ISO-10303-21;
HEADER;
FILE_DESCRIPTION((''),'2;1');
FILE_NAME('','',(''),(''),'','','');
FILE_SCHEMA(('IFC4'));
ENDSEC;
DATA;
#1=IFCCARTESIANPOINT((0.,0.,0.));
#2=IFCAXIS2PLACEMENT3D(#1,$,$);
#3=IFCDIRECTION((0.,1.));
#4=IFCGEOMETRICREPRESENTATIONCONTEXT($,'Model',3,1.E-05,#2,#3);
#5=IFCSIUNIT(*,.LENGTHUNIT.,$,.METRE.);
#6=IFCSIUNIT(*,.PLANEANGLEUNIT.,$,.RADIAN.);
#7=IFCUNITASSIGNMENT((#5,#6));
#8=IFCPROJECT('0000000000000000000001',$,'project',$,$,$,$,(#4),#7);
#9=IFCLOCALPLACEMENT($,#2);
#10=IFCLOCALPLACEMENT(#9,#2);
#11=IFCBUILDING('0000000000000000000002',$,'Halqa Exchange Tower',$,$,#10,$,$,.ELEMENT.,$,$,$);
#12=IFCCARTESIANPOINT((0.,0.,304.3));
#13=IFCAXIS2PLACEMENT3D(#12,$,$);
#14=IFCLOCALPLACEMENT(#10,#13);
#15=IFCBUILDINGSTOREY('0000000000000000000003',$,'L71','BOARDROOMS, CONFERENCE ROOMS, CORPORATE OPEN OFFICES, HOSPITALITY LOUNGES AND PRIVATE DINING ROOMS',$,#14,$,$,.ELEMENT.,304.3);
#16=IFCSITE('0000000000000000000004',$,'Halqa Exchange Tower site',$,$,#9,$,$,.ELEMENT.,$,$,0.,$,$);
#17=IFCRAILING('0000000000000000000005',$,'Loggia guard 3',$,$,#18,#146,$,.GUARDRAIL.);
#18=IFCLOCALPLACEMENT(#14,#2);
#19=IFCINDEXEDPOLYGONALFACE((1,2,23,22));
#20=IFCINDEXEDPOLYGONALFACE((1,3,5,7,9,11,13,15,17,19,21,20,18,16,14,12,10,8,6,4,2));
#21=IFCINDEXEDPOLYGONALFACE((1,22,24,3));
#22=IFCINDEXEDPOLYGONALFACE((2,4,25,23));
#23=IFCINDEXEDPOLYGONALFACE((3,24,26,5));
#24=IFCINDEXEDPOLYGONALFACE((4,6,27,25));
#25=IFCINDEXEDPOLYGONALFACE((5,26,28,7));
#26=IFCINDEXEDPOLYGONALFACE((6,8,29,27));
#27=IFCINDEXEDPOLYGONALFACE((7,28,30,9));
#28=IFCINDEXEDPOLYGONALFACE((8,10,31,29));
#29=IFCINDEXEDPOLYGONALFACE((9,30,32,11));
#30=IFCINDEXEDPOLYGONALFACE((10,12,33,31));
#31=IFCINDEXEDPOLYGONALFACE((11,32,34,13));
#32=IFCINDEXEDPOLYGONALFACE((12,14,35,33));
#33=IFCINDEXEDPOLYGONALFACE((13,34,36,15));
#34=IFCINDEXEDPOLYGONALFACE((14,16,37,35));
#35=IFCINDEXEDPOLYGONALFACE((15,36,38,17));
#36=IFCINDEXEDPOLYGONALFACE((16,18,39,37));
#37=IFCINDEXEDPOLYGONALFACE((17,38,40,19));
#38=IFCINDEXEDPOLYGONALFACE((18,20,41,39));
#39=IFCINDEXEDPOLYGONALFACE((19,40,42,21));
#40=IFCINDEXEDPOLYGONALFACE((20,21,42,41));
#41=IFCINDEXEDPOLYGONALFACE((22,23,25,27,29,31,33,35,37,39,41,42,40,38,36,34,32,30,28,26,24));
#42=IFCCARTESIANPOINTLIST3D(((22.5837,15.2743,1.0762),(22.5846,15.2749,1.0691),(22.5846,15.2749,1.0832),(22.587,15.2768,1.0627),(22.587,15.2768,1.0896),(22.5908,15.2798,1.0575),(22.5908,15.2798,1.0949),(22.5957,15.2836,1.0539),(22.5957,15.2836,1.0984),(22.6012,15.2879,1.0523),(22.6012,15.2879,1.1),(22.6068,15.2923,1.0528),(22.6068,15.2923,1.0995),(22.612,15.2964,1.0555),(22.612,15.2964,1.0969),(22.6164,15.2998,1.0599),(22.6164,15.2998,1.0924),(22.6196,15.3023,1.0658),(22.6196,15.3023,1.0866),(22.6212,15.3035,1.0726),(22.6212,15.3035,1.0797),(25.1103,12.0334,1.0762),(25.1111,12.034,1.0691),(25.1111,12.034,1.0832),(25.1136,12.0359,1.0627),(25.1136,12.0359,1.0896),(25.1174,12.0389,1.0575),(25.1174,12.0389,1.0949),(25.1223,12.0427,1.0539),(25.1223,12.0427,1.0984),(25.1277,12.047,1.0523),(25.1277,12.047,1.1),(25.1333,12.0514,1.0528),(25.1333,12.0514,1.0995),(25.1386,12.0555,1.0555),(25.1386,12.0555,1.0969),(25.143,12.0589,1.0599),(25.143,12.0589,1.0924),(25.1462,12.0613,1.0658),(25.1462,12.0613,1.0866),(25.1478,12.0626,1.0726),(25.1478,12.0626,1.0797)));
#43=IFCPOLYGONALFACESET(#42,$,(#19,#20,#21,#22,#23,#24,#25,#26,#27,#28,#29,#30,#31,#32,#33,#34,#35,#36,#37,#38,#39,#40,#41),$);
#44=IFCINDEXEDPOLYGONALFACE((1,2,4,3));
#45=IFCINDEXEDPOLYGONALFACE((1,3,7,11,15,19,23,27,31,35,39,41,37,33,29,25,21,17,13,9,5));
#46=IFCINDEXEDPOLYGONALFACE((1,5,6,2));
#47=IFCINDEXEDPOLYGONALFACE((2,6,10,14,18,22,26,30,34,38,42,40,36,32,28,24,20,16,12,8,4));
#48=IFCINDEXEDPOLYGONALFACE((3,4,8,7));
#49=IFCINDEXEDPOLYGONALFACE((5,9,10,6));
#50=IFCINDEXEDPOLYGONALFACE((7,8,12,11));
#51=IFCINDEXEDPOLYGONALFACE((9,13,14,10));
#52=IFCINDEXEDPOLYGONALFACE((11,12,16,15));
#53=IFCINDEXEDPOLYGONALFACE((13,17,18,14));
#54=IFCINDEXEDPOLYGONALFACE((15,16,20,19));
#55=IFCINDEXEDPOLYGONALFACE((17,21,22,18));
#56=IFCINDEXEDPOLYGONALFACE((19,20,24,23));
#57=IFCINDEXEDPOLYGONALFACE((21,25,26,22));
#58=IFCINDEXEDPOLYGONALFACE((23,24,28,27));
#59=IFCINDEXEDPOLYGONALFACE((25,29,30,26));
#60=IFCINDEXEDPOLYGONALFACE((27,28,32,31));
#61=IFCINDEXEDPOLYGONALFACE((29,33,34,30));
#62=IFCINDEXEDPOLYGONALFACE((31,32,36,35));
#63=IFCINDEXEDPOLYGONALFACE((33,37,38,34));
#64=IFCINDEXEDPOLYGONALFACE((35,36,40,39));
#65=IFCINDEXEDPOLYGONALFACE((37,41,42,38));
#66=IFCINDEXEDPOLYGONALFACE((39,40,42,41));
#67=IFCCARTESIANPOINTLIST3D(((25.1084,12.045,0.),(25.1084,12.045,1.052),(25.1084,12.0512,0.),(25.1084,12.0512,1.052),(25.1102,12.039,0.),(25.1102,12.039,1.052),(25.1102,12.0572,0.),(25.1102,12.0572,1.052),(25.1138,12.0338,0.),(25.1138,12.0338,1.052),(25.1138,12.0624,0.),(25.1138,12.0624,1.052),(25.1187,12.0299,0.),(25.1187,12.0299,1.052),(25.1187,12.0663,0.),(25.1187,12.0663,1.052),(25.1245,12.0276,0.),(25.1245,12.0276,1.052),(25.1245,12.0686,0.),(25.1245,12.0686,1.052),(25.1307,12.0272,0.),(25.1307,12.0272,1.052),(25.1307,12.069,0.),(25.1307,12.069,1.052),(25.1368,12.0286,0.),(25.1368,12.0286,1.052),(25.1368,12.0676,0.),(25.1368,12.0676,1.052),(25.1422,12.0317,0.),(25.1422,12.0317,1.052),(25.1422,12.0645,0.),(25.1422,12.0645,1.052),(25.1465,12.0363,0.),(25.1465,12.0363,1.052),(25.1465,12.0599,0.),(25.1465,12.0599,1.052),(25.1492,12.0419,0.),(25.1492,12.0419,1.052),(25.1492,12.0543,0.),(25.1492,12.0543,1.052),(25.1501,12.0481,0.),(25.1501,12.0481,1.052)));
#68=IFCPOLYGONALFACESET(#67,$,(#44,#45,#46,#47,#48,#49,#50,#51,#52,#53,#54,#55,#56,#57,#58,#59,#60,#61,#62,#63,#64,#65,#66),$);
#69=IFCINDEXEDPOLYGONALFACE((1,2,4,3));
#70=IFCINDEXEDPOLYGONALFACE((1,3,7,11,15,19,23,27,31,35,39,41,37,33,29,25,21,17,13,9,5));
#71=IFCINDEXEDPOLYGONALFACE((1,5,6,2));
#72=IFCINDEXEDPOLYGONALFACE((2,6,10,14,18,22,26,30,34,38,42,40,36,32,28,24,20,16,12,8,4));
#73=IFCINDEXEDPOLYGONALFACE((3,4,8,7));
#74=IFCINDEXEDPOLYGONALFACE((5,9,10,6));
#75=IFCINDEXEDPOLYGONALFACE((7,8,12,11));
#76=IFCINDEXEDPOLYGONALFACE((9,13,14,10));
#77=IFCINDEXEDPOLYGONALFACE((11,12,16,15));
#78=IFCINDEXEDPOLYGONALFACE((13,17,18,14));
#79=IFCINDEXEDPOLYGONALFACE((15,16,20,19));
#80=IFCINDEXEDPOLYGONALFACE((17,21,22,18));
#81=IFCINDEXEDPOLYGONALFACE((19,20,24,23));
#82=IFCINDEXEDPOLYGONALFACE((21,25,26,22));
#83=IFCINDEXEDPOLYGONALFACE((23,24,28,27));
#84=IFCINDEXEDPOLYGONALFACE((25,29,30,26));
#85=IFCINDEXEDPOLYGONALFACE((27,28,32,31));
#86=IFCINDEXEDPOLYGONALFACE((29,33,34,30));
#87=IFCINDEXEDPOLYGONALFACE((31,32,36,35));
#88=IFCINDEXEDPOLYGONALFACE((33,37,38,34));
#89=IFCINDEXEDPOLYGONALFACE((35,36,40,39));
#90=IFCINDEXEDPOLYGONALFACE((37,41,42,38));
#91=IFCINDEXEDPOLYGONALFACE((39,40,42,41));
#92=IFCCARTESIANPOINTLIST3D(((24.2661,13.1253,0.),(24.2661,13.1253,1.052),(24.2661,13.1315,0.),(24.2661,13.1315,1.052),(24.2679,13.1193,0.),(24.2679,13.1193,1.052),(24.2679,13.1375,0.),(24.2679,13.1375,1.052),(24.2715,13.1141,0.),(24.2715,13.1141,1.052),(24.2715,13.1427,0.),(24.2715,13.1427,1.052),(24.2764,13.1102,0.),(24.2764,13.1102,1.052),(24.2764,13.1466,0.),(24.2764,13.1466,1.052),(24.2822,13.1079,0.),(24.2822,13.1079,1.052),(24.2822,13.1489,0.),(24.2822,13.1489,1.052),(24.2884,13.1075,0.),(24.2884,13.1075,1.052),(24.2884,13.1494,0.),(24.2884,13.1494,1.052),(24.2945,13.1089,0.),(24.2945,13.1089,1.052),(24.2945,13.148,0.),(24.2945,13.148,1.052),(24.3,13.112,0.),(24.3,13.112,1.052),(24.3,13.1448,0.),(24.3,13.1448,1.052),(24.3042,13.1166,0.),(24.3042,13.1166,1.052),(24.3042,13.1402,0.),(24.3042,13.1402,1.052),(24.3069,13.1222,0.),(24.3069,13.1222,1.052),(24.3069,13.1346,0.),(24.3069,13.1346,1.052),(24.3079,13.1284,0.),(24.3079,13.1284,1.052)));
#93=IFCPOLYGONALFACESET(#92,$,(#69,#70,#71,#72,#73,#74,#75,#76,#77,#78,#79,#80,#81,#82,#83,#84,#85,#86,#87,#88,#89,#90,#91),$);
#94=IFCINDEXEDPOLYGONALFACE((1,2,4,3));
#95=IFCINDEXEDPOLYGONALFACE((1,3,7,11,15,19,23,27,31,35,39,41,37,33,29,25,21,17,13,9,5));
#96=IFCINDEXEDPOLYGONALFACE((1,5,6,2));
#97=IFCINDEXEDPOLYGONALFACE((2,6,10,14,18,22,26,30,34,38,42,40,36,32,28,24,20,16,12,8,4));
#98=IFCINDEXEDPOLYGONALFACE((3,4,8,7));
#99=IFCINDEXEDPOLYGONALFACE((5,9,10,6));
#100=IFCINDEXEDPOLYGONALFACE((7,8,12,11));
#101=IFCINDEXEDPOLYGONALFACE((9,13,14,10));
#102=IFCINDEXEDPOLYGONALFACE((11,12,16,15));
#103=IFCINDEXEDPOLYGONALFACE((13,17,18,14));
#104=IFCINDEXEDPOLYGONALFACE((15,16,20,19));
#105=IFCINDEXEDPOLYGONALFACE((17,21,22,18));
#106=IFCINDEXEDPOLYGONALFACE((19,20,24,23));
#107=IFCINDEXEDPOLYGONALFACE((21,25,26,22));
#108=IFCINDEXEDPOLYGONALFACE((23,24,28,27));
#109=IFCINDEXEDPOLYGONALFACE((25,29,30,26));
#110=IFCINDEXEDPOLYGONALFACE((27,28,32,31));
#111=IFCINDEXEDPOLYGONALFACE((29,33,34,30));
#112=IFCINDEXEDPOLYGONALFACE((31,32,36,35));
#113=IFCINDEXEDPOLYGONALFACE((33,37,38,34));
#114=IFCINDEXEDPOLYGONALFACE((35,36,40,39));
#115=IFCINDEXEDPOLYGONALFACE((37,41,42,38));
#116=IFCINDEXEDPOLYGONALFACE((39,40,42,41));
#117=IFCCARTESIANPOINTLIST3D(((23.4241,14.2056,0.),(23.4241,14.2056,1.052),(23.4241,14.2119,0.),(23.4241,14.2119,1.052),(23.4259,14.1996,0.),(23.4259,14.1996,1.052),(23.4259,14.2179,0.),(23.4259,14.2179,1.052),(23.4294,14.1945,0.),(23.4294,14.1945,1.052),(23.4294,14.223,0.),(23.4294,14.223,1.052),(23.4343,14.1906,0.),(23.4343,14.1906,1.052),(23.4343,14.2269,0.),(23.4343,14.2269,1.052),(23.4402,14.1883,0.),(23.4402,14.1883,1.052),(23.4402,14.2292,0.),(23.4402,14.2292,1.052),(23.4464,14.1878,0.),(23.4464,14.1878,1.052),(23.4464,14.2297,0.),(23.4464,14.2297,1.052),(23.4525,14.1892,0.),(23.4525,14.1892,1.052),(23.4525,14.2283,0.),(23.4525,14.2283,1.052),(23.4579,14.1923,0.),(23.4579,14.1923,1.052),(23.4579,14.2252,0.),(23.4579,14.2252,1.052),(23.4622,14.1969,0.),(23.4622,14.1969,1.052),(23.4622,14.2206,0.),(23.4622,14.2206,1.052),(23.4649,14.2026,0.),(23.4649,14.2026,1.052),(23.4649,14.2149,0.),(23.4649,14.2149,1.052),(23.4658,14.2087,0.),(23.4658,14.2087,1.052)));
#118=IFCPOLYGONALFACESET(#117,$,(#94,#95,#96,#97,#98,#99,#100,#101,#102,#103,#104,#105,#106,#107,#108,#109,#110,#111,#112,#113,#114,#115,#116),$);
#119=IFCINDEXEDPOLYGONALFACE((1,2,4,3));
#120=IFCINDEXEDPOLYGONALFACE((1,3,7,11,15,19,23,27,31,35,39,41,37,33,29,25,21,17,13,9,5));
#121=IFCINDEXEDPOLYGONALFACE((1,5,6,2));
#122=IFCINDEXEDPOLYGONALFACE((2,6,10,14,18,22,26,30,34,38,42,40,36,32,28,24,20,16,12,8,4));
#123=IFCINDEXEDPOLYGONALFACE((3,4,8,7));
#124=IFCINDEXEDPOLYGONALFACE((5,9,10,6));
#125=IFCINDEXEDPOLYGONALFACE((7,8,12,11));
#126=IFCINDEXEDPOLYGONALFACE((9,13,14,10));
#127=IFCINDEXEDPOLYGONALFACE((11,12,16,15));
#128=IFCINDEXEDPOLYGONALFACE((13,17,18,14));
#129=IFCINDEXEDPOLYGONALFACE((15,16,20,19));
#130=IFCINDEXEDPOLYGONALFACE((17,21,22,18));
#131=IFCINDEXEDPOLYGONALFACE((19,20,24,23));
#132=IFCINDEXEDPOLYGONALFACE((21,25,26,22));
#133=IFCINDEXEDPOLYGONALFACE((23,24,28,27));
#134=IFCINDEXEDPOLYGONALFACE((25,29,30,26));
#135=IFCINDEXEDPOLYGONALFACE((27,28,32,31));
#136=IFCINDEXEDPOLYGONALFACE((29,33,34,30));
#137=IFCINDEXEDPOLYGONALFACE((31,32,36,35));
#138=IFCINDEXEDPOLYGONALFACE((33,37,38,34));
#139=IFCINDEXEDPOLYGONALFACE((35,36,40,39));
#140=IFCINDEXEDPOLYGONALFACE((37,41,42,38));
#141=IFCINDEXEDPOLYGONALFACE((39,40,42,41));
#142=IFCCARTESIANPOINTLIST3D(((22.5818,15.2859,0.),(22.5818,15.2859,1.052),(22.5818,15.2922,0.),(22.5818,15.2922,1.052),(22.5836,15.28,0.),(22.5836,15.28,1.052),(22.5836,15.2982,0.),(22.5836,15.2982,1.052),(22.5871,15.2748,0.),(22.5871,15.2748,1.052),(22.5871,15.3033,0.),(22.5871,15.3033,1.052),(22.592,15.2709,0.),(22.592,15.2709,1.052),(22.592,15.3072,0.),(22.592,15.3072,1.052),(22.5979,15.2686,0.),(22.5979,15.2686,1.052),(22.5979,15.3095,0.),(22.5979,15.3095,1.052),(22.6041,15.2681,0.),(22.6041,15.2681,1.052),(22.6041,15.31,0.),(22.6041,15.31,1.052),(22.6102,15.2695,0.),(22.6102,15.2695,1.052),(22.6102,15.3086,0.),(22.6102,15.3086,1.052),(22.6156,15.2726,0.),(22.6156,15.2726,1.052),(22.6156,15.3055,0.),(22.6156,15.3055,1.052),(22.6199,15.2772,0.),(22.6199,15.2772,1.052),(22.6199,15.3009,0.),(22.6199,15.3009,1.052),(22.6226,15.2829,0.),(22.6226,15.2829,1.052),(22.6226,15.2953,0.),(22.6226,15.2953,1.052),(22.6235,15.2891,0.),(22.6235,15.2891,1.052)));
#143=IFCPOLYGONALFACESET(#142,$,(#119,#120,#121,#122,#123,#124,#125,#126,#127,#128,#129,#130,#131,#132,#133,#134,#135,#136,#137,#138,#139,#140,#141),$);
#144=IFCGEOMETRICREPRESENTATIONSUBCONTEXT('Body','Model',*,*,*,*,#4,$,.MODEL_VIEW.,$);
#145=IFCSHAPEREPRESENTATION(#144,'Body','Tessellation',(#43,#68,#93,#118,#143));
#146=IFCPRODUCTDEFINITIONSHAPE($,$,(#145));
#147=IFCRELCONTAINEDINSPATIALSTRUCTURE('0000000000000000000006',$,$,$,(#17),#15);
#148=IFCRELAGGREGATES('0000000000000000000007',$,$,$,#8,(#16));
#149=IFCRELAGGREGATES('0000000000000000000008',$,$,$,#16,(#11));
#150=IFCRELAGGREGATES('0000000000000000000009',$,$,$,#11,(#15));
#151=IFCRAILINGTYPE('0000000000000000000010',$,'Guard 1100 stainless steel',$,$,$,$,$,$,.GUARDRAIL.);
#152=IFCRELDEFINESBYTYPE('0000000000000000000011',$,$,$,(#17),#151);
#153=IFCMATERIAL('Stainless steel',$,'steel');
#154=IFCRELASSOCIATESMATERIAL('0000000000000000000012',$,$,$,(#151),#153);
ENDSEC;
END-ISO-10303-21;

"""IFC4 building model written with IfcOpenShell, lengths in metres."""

from ifc_helpers import new_model, si_unit, direction, frame, origin, origin_2d, place, context, subcontext, project, spatial, circle, extrude, material, type_object, element, save


model = new_model("IFC4")

# Units and contexts
model_context = context("Model", 3, precision=1e-05, world=origin(), true_north=direction((0.0, 1.0)))
body_context = subcontext(model_context, "Body", "Model", "MODEL_VIEW")
ifc_project = project(units=[si_unit("LENGTHUNIT", "METRE"), si_unit("PLANEANGLEUNIT", "RADIAN")], contexts=[model_context])

# Site, building, storey
site_placement = place(None, origin())
site = spatial("IfcSite", under=ifc_project, at=site_placement, Name="Halqa Exchange Tower site", CompositionType="ELEMENT", RefElevation=0.0)
building_placement = place(site_placement, origin())
building = spatial("IfcBuilding", under=site, at=building_placement, Name="Halqa Exchange Tower", CompositionType="ELEMENT")
storey_placement = place(building_placement, frame((0.0, 0.0, 304.3)))
storey = spatial("IfcBuildingStorey", under=building, at=storey_placement, Name="L71", Description="BOARDROOMS, CONFERENCE ROOMS, CORPORATE OPEN OFFICES, HOSPITALITY LOUNGES AND PRIVATE DINING ROOMS", CompositionType="ELEMENT", Elevation=304.3)

# Railing
ifc_material_1 = material(Name="Stainless steel", Category="steel")
railing_type = type_object("IfcRailingType", Name="Guard 1100 stainless steel", PredefinedType="GUARDRAIL", material=ifc_material_1)
railing_1_placement = place(storey_placement, frame((25.1292, 12.0481, 0.0)))
element("IfcRailing", 1, at=railing_1_placement, inside=storey, type_object=railing_type, Name="Loggia guard 3", PredefinedType="GUARDRAIL", context=body_context, shape_type="SweptSolid", body=[
    extrude(circle(Radius=0.0239, at=origin_2d()), frame((0.0, 0.0, 1.0762), z_axis=(-0.614829, 0.788661, 0.0), x_axis=(-0.788661, -0.614829, 0.0)), (0.0, 0.0, 1.0), 4.1094),
    extrude(circle(Radius=0.021, at=origin_2d()), origin(), (0.0, 0.0, 1.0), 1.052),
    extrude(circle(Radius=0.021, at=origin_2d()), frame((-0.8423, 1.0803, 0.0)), (0.0, 0.0, 1.0), 1.052),
    extrude(circle(Radius=0.021, at=origin_2d()), frame((-1.6843, 2.1606, 0.0)), (0.0, 0.0, 1.0), 1.052),
    extrude(circle(Radius=0.021, at=origin_2d()), frame((-2.5266, 3.241, 0.0)), (0.0, 0.0, 1.0), 1.052),
])

save(model, "model.ifc")
